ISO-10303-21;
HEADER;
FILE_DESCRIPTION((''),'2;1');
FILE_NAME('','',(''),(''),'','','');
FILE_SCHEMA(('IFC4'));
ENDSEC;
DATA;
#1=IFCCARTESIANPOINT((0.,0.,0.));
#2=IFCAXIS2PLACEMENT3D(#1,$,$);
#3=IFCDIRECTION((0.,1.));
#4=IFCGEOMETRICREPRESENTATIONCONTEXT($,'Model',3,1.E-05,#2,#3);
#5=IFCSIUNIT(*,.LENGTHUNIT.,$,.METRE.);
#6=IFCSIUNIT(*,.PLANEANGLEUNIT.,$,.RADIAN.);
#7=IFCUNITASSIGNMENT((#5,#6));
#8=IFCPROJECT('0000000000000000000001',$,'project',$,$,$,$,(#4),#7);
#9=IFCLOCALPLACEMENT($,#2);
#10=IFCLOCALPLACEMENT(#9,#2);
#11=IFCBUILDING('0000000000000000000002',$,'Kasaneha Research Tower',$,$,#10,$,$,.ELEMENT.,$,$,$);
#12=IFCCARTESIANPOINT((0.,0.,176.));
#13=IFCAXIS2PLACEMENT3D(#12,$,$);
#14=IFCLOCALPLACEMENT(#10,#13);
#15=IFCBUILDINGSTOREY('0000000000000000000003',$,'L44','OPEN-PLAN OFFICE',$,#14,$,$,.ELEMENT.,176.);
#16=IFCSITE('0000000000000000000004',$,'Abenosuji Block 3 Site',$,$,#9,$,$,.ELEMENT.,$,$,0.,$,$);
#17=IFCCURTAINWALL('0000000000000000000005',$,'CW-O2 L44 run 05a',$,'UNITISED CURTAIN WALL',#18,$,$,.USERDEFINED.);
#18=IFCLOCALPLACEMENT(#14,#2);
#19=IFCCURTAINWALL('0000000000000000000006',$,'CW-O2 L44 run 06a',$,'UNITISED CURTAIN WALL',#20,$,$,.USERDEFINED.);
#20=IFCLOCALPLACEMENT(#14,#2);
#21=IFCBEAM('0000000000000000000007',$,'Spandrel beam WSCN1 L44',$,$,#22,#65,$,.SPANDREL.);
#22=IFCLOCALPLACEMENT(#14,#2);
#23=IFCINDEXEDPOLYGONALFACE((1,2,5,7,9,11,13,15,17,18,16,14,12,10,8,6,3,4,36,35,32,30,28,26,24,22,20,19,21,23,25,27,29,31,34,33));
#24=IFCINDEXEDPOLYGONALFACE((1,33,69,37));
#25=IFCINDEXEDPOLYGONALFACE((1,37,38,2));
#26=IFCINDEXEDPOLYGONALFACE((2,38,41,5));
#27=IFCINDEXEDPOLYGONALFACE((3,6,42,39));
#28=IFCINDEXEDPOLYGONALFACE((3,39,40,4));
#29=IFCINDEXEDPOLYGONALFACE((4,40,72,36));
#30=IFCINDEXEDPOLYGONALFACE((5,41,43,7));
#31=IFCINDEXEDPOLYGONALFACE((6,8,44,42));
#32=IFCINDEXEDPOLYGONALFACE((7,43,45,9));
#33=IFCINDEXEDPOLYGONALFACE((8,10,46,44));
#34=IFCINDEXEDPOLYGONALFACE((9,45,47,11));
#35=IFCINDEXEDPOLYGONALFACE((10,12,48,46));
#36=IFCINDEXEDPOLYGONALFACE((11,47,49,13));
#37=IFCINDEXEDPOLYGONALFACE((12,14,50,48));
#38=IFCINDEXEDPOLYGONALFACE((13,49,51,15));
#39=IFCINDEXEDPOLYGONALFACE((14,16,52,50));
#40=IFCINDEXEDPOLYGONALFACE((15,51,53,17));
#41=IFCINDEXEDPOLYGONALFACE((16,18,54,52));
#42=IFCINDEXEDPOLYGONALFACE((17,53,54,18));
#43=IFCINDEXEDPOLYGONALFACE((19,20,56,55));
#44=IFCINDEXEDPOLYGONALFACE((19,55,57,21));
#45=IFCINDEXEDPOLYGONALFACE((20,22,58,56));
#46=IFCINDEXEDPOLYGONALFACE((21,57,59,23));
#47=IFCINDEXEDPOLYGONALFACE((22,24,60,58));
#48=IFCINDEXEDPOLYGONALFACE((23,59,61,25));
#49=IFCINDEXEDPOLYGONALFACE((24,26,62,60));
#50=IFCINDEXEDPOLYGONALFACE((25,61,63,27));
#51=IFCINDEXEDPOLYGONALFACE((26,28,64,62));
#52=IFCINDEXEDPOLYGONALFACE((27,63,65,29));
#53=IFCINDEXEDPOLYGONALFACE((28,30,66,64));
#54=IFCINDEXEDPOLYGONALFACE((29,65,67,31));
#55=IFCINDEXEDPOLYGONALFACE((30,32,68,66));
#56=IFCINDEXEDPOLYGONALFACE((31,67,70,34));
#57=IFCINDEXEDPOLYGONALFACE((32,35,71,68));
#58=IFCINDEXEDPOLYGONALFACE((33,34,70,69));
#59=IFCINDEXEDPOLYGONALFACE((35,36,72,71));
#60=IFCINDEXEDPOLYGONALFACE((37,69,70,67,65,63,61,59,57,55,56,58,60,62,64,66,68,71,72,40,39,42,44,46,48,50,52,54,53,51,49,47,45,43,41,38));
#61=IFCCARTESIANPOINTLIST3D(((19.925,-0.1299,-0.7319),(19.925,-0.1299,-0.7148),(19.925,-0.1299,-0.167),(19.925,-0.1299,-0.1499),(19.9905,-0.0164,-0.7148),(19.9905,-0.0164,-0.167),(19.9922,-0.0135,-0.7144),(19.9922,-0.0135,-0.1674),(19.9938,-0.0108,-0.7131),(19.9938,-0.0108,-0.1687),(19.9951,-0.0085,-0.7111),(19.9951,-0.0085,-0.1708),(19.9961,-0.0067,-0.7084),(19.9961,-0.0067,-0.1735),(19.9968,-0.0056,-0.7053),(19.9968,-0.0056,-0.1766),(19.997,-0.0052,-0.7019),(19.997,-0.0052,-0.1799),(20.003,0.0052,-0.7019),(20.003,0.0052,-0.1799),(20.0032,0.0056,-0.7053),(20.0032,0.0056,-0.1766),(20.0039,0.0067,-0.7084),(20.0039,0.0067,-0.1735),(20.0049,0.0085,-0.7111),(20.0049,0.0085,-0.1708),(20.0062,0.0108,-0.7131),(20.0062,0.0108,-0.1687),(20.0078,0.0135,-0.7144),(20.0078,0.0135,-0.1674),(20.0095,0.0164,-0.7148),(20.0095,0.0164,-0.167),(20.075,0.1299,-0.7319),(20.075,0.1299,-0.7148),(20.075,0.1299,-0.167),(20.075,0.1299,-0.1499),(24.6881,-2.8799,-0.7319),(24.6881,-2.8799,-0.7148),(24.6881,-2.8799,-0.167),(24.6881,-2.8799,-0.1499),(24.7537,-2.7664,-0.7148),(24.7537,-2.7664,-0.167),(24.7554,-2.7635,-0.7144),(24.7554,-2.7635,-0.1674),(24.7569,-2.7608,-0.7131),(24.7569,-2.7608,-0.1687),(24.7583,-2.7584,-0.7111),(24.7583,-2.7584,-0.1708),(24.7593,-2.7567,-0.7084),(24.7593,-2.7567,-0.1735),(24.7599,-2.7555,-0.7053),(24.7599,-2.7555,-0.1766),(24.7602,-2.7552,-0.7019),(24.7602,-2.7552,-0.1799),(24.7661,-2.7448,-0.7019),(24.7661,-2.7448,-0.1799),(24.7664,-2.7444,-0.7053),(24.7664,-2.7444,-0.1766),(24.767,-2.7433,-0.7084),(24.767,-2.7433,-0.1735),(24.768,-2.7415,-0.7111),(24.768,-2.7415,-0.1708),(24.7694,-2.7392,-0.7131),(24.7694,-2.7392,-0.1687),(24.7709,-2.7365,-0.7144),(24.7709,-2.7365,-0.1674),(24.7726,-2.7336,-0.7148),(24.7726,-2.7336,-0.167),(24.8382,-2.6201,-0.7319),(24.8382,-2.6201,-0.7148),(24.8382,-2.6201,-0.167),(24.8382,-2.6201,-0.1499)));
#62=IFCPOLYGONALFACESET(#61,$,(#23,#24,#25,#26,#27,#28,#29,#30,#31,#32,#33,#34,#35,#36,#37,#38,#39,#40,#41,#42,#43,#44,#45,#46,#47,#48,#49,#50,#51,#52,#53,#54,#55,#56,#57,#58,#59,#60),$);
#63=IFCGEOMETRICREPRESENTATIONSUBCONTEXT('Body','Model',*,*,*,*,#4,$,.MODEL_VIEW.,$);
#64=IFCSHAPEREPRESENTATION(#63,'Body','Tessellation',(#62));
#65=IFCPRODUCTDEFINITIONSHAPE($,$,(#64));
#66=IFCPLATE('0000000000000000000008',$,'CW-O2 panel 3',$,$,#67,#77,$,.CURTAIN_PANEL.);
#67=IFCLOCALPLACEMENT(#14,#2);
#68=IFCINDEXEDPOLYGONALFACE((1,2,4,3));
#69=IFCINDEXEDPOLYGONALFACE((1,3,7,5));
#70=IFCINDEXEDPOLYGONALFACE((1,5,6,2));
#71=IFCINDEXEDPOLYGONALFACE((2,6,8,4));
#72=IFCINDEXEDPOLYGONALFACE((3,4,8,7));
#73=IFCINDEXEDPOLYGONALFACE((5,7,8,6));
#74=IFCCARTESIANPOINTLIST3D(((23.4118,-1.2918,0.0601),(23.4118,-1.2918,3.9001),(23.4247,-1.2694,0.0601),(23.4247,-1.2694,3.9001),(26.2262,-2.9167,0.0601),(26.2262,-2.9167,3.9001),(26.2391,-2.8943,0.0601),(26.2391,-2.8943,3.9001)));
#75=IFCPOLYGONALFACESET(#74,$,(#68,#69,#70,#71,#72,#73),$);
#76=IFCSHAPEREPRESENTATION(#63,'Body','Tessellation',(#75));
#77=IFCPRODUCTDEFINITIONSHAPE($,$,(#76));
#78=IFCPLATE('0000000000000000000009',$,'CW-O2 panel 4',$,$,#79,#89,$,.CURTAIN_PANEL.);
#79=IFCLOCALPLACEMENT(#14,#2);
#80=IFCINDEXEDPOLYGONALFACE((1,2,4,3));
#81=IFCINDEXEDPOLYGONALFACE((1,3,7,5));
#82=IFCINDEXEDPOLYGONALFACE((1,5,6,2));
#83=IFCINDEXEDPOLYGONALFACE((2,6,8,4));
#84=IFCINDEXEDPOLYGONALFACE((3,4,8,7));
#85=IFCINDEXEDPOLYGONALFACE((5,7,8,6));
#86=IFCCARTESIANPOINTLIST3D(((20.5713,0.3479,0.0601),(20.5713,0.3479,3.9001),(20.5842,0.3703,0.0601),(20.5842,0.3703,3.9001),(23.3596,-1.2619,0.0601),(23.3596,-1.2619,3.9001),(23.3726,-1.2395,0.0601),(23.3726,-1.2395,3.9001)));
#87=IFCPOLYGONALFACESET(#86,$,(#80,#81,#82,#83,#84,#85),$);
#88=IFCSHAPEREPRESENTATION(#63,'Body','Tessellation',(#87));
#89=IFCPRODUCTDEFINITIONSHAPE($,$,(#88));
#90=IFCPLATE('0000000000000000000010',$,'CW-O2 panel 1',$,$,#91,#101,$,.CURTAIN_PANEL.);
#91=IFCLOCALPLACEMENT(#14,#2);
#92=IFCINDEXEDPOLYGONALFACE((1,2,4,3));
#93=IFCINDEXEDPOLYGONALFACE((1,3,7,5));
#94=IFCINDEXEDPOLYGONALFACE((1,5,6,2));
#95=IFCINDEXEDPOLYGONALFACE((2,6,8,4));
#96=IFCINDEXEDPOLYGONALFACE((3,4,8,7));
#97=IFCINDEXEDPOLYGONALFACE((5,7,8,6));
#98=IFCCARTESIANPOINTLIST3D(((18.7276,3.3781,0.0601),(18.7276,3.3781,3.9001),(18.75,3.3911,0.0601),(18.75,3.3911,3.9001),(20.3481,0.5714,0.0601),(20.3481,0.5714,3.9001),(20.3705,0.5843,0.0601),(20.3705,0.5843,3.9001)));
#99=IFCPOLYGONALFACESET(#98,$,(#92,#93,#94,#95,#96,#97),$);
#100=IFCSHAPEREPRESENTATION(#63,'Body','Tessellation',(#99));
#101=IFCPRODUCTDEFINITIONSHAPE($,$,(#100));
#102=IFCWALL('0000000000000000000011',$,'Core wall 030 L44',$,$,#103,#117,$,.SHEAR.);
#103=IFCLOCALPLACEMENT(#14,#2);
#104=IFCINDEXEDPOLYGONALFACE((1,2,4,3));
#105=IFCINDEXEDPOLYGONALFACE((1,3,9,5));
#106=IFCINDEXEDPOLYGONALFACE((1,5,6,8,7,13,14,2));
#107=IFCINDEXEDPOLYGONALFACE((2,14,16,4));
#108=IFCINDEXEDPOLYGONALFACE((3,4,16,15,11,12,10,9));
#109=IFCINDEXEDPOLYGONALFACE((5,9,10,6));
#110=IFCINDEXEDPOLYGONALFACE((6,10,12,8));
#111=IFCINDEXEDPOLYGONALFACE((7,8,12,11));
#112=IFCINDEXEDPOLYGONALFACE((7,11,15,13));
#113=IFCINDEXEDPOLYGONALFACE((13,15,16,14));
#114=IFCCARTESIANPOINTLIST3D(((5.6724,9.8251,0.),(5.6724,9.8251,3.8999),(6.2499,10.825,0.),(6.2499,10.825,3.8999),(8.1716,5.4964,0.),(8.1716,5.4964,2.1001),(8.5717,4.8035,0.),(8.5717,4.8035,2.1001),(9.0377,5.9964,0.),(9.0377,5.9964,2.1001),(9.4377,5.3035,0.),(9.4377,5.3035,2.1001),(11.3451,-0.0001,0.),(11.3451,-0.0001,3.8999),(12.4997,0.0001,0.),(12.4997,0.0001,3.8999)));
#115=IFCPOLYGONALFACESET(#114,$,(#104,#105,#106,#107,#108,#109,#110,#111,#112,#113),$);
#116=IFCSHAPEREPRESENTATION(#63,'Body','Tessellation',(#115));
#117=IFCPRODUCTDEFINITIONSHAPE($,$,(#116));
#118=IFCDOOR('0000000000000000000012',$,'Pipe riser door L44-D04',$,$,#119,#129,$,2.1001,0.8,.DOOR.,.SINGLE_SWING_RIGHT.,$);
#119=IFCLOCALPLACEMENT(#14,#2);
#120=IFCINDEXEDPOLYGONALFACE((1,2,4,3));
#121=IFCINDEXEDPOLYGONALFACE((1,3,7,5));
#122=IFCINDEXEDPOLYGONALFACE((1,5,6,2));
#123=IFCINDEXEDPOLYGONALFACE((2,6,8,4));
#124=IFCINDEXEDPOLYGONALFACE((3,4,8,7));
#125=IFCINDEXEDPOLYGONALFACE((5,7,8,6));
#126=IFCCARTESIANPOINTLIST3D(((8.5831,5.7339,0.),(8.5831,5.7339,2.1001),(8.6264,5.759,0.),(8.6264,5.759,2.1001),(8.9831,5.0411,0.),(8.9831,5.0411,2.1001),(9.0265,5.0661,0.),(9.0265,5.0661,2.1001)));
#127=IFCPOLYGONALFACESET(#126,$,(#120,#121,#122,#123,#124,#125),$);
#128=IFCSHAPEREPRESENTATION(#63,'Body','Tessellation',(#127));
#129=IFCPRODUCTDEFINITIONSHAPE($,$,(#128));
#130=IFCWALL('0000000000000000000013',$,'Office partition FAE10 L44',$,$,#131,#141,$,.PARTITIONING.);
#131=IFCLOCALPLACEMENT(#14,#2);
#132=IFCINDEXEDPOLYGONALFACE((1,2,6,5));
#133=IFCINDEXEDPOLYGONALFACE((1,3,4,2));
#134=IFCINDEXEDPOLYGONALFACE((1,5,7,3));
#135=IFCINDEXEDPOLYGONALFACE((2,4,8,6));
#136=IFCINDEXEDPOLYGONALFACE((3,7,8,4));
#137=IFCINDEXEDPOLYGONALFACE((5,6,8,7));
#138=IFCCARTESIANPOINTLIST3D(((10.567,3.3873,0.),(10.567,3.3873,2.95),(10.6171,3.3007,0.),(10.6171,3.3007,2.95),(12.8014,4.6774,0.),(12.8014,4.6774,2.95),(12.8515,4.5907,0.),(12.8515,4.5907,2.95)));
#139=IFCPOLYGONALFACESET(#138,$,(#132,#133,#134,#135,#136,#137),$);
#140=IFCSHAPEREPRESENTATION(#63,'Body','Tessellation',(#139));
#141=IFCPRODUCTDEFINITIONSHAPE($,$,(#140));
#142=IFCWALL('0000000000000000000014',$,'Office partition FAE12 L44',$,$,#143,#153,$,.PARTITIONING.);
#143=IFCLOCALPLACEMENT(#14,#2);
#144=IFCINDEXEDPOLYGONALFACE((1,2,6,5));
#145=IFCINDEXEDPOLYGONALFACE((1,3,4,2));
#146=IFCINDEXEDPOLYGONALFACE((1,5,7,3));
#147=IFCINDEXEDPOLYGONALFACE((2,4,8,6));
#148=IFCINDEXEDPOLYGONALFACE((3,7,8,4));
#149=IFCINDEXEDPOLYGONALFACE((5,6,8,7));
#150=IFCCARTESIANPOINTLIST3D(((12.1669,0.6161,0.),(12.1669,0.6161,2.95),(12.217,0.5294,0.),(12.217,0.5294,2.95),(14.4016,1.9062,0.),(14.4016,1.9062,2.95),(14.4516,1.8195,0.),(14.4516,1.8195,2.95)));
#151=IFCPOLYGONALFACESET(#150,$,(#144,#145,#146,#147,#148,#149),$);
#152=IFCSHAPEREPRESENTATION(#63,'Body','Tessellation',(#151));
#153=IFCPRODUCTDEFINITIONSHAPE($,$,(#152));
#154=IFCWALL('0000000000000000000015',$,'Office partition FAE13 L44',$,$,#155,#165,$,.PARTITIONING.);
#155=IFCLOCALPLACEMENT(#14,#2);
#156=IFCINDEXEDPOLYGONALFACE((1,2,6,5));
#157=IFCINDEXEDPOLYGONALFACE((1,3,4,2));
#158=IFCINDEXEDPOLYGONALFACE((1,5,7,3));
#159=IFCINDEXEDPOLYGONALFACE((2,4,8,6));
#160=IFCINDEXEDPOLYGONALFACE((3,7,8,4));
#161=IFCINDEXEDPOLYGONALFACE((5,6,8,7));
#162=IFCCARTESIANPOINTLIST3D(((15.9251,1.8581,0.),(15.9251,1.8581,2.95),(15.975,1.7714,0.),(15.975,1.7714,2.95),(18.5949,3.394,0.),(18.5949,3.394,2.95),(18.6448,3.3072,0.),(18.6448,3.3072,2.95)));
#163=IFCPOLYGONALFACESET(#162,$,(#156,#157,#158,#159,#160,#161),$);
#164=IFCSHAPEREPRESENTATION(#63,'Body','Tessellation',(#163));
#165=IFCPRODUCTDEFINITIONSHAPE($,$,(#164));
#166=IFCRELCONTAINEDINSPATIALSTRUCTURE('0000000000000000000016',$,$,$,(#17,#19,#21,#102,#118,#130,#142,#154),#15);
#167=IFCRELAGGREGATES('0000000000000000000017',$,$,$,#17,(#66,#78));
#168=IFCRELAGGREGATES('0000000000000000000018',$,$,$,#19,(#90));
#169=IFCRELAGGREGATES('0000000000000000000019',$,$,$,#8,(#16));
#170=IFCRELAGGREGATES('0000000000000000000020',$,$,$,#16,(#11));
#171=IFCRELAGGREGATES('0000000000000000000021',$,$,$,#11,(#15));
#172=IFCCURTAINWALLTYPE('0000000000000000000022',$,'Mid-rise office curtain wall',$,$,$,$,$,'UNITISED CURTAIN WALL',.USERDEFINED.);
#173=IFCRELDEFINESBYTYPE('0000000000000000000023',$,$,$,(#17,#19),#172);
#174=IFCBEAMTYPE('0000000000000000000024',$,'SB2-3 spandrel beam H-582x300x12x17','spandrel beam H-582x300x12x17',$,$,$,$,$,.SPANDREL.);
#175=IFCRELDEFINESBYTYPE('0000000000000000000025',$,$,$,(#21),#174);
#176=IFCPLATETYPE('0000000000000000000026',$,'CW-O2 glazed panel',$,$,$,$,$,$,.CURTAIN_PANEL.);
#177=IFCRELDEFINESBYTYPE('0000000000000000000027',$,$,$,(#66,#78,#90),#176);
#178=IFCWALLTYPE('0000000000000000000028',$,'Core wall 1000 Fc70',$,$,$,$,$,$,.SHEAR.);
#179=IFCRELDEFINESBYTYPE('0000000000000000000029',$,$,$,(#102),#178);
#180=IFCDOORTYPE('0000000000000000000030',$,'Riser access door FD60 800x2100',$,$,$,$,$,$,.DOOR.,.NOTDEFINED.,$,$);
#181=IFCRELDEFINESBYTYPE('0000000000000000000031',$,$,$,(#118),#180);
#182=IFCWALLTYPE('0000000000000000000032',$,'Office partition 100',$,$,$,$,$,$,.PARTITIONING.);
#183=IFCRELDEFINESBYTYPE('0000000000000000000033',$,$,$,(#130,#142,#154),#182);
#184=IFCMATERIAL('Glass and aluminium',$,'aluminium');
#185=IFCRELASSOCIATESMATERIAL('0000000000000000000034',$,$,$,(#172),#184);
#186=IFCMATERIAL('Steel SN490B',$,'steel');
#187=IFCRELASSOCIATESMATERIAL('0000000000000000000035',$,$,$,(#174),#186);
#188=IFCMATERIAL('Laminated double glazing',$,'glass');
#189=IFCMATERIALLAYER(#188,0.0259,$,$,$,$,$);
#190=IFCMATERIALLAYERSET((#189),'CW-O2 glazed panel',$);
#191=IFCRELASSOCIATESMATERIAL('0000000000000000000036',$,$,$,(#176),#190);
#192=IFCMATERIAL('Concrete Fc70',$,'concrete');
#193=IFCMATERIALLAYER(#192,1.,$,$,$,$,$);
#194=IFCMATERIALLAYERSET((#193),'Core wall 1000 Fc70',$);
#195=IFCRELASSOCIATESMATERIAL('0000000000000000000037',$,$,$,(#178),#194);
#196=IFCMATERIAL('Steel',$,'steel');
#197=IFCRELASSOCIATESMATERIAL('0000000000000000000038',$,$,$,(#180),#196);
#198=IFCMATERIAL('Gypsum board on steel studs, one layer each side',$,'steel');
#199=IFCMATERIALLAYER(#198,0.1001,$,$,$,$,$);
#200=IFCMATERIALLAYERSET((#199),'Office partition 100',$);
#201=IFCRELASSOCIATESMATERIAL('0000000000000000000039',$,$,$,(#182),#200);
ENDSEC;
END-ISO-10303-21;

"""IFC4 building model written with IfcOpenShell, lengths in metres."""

from ifc_helpers import new_model, si_unit, direction, frame, frame_2d, origin, origin_2d, place, context, subcontext, project, spatial, polyline, rectangle, i_section, outline, extrude, material, layer, layer_set, material_profile, profile_set, type_object, element, fill, aggregate, save


model = new_model("IFC4")

# Units and contexts
model_context = context("Model", 3, precision=1e-05, world=origin(), true_north=direction((0.0, 1.0)))
body_context = subcontext(model_context, "Body", "Model", "MODEL_VIEW")
ifc_project = project(units=[si_unit("LENGTHUNIT", "METRE"), si_unit("PLANEANGLEUNIT", "RADIAN")], contexts=[model_context])

# Site, building, storey
site_placement = place(None, origin())
site = spatial("IfcSite", under=ifc_project, at=site_placement, Name="Abenosuji Block 3 Site", CompositionType="ELEMENT", RefElevation=0.0)
building_placement = place(site_placement, origin())
building = spatial("IfcBuilding", under=site, at=building_placement, Name="Kasaneha Research Tower", CompositionType="ELEMENT")
storey_placement = place(building_placement, frame((0.0, 0.0, 176.0)))
storey = spatial("IfcBuildingStorey", under=building, at=storey_placement, Name="L44", Description="OPEN-PLAN OFFICE", CompositionType="ELEMENT", Elevation=176.0)

# Curtain walls
ifc_material_1 = material(Name="Glass and aluminium", Category="aluminium")
curtain_wall_type = type_object("IfcCurtainWallType", Name="Mid-rise office curtain wall", ElementType="UNITISED CURTAIN WALL", PredefinedType="USERDEFINED", material=ifc_material_1)
curtain_wall_1_placement = place(storey_placement, origin())
curtain_wall_1 = element("IfcCurtainWall", 1, at=curtain_wall_1_placement, inside=storey, type_object=curtain_wall_type, Name="CW-O2 L44 run 05a", ObjectType="UNITISED CURTAIN WALL", PredefinedType="USERDEFINED")
curtain_wall_2_placement = place(storey_placement, origin())
curtain_wall_2 = element("IfcCurtainWall", 2, at=curtain_wall_2_placement, inside=storey, type_object=curtain_wall_type, Name="CW-O2 L44 run 06a", ObjectType="UNITISED CURTAIN WALL", PredefinedType="USERDEFINED")

# Beam
ifc_material_2 = material(Name="Steel SN490B", Category="steel")
ifc_material_profile_1 = material_profile(ifc_material_2, i_section(OverallWidth=0.3, OverallDepth=0.582, WebThickness=0.012, FlangeThickness=0.0171, FilletRadius=0.0129, at=origin_2d()), Name="H-582x300x12x17")
ifc_profile_set_1 = profile_set([ifc_material_profile_1], Name="Steel SN490B")
beam_type_1 = type_object("IfcBeamType", Name="SB2-3 spandrel beam H-582x300x12x17", Description="spandrel beam H-582x300x12x17", PredefinedType="SPANDREL", material=ifc_profile_set_1)
beam_1_placement = place(storey_placement, frame((20.0, 0.0, -0.4409), z_axis=(0.866027, -0.499997, 0.0), x_axis=(0.499997, 0.866027, 0.0)))
element("IfcBeam", 3, at=beam_1_placement, inside=storey, type_object=beam_type_1, Name="Spandrel beam WSCN1 L44", PredefinedType="SPANDREL", context=body_context, shape_type="SweptSolid", body=[
    extrude(i_section(OverallWidth=0.3, OverallDepth=0.582, WebThickness=0.012, FlangeThickness=0.0171, FilletRadius=0.0129, at=origin_2d()), origin(), (0.0, 0.0, 1.0), 5.5),
])

# Plates
ifc_material_3 = material(Name="Laminated double glazing", Category="glass")
ifc_layer_1 = layer(ifc_material_3, 0.0259)
ifc_layer_set_1 = layer_set([ifc_layer_1], Name="CW-O2 glazed panel")
plate_type = type_object("IfcPlateType", Name="CW-O2 glazed panel", PredefinedType="CURTAIN_PANEL", material=ifc_layer_set_1)
plate_1_placement = place(storey_placement, frame((24.8254, -2.093, 0.0601), z_axis=(0.0, 0.0, 1.0), x_axis=(-0.866025, 0.5, 0.0)))
plate_1 = element("IfcPlate", 4, at=plate_1_placement, type_object=plate_type, Name="CW-O2 panel 3", PredefinedType="CURTAIN_PANEL", context=body_context, shape_type="SweptSolid", body=[
    extrude(rectangle(XDim=3.2498, YDim=0.0259, at=origin_2d()), origin(), (0.0, 0.0, 1.0), 3.8401),
])
plate_2_placement = place(storey_placement, frame((21.9719, -0.4458, 0.0601), z_axis=(0.0, 0.0, 1.0), x_axis=(-0.866025, 0.5, 0.0)))
plate_2 = element("IfcPlate", 5, at=plate_2_placement, type_object=plate_type, Name="CW-O2 panel 4", PredefinedType="CURTAIN_PANEL", context=body_context, shape_type="SweptSolid", body=[
    extrude(rectangle(XDim=3.2197, YDim=0.0259, at=origin_2d()), origin(), (0.0, 0.0, 1.0), 3.8401),
])
aggregate(curtain_wall_1, [plate_1, plate_2])
plate_3_placement = place(storey_placement, frame((19.5491, 1.9812, 0.0601), z_axis=(0.0, 0.0, 1.0), x_axis=(-0.5, 0.866025, 0.0)))
plate_3 = element("IfcPlate", 6, at=plate_3_placement, type_object=plate_type, Name="CW-O2 panel 1", PredefinedType="CURTAIN_PANEL", context=body_context, shape_type="SweptSolid", body=[
    extrude(rectangle(XDim=3.241, YDim=0.0259, at=origin_2d()), origin(), (0.0, 0.0, 1.0), 3.8401),
])
aggregate(curtain_wall_2, [plate_3])

# Wall, opening, door
ifc_material_4 = material(Name="Concrete Fc70", Category="concrete")
ifc_layer_2 = layer(ifc_material_4, 1.0)
ifc_layer_set_2 = layer_set([ifc_layer_2], Name="Core wall 1000 Fc70")
wall_type_1 = type_object("IfcWallType", Name="Core wall 1000 Fc70", PredefinedType="SHEAR", material=ifc_layer_set_2)
wall_1_placement = place(storey_placement, frame((11.9224, 0.0, 0.0), z_axis=(0.0, 0.0, 1.0), x_axis=(-0.500004, 0.866023, 0.0)))
wall_1 = element("IfcWall", 7, at=wall_1_placement, inside=storey, type_object=wall_type_1, Name="Core wall 030 L44", PredefinedType="SHEAR", context=body_context, shape_type="SweptSolid", body=[
    extrude(outline(polyline([(-0.2886, -0.5), (5.8354, -0.5), (6.6355, -0.5), (12.2109, -0.5), (11.6338, 0.5), (6.6355, 0.5), (5.8354, 0.5), (0.2886, 0.5), (-0.2886, -0.5)])), origin(), (0.0, 0.0, 1.0), 3.8999),
])
opening_1_placement = place(wall_1_placement, frame((5.8354, 0.0, 0.0)))
opening_1 = element("IfcOpeningElement", 8, at=opening_1_placement, cuts=wall_1, PredefinedType="OPENING", context=body_context, shape_type="SweptSolid", body=[
    extrude(rectangle(XDim=0.8, YDim=2.1001, at=frame_2d((0.3999, 1.05))), frame((0.0, 0.51, 0.0), z_axis=(0.0, -1.0, 0.0), x_axis=(1.0, 0.0, 0.0)), (0.0, 0.0, 1.0), 1.02),
])
ifc_material_5 = material(Name="Steel", Category="steel")
door_type_1 = type_object("IfcDoorType", Name="Riser access door FD60 800x2100", OperationType="NOTDEFINED", PredefinedType="DOOR", material=ifc_material_5)
door_1_placement = place(opening_1_placement, origin())
door_1 = element("IfcDoor", 9, at=door_1_placement, inside=storey, type_object=door_type_1, Name="Pipe riser door L44-D04", OperationType="SINGLE_SWING_RIGHT", OverallHeight=2.1001, OverallWidth=0.8, PredefinedType="DOOR", context=body_context, shape_type="SweptSolid", body=[
    extrude(rectangle(XDim=0.8, YDim=2.1001, at=frame_2d((0.3999, 1.05))), frame((0.0, 0.0249, 0.0), z_axis=(0.0, -1.0, 0.0), x_axis=(1.0, 0.0, 0.0)), (0.0, 0.0, 1.0), 0.05),
])
fill(opening_1, door_1)

# Walls
ifc_material_6 = material(Name="Gypsum board on steel studs, one layer each side", Category="steel")
ifc_layer_3 = layer(ifc_material_6, 0.1001)
ifc_layer_set_3 = layer_set([ifc_layer_3], Name="Office partition 100")
wall_type_2 = type_object("IfcWallType", Name="Office partition 100", PredefinedType="PARTITIONING", material=ifc_layer_set_3)
wall_2_placement = place(storey_placement, frame((10.592, 3.344, 0.0), z_axis=(0.0, 0.0, 1.0), x_axis=(0.866022, 0.500006, 0.0)))
element("IfcWall", 10, at=wall_2_placement, inside=storey, type_object=wall_type_2, Name="Office partition FAE10 L44", PredefinedType="PARTITIONING", context=body_context, shape_type="SweptSolid", body=[
    extrude(rectangle(XDim=2.5801, YDim=0.1001, at=frame_2d((1.29, 0.0))), origin(), (0.0, 0.0, 1.0), 2.95),
])
wall_3_placement = place(storey_placement, frame((14.4265, 1.8628, 0.0), z_axis=(0.0, 0.0, 1.0), x_axis=(-0.866045, -0.499965, 0.0)))
element("IfcWall", 11, at=wall_3_placement, inside=storey, type_object=wall_type_2, Name="Office partition FAE12 L44", PredefinedType="PARTITIONING", context=body_context, shape_type="SweptSolid", body=[
    extrude(rectangle(XDim=2.5803, YDim=0.1001, at=frame_2d((1.29, 0.0))), origin(), (0.0, 0.0, 1.0), 2.95),
])
wall_4_placement = place(storey_placement, frame((18.6199, 3.3506, 0.0), z_axis=(0.0, 0.0, 1.0), x_axis=(-0.86681, -0.498638, 0.0)))
element("IfcWall", 12, at=wall_4_placement, inside=storey, type_object=wall_type_2, Name="Office partition FAE13 L44", PredefinedType="PARTITIONING", context=body_context, shape_type="SweptSolid", body=[
    extrude(rectangle(XDim=3.0801, YDim=0.1001, at=frame_2d((1.54, 0.0))), origin(), (0.0, 0.0, 1.0), 2.95),
])

save(model, "model.ifc")
